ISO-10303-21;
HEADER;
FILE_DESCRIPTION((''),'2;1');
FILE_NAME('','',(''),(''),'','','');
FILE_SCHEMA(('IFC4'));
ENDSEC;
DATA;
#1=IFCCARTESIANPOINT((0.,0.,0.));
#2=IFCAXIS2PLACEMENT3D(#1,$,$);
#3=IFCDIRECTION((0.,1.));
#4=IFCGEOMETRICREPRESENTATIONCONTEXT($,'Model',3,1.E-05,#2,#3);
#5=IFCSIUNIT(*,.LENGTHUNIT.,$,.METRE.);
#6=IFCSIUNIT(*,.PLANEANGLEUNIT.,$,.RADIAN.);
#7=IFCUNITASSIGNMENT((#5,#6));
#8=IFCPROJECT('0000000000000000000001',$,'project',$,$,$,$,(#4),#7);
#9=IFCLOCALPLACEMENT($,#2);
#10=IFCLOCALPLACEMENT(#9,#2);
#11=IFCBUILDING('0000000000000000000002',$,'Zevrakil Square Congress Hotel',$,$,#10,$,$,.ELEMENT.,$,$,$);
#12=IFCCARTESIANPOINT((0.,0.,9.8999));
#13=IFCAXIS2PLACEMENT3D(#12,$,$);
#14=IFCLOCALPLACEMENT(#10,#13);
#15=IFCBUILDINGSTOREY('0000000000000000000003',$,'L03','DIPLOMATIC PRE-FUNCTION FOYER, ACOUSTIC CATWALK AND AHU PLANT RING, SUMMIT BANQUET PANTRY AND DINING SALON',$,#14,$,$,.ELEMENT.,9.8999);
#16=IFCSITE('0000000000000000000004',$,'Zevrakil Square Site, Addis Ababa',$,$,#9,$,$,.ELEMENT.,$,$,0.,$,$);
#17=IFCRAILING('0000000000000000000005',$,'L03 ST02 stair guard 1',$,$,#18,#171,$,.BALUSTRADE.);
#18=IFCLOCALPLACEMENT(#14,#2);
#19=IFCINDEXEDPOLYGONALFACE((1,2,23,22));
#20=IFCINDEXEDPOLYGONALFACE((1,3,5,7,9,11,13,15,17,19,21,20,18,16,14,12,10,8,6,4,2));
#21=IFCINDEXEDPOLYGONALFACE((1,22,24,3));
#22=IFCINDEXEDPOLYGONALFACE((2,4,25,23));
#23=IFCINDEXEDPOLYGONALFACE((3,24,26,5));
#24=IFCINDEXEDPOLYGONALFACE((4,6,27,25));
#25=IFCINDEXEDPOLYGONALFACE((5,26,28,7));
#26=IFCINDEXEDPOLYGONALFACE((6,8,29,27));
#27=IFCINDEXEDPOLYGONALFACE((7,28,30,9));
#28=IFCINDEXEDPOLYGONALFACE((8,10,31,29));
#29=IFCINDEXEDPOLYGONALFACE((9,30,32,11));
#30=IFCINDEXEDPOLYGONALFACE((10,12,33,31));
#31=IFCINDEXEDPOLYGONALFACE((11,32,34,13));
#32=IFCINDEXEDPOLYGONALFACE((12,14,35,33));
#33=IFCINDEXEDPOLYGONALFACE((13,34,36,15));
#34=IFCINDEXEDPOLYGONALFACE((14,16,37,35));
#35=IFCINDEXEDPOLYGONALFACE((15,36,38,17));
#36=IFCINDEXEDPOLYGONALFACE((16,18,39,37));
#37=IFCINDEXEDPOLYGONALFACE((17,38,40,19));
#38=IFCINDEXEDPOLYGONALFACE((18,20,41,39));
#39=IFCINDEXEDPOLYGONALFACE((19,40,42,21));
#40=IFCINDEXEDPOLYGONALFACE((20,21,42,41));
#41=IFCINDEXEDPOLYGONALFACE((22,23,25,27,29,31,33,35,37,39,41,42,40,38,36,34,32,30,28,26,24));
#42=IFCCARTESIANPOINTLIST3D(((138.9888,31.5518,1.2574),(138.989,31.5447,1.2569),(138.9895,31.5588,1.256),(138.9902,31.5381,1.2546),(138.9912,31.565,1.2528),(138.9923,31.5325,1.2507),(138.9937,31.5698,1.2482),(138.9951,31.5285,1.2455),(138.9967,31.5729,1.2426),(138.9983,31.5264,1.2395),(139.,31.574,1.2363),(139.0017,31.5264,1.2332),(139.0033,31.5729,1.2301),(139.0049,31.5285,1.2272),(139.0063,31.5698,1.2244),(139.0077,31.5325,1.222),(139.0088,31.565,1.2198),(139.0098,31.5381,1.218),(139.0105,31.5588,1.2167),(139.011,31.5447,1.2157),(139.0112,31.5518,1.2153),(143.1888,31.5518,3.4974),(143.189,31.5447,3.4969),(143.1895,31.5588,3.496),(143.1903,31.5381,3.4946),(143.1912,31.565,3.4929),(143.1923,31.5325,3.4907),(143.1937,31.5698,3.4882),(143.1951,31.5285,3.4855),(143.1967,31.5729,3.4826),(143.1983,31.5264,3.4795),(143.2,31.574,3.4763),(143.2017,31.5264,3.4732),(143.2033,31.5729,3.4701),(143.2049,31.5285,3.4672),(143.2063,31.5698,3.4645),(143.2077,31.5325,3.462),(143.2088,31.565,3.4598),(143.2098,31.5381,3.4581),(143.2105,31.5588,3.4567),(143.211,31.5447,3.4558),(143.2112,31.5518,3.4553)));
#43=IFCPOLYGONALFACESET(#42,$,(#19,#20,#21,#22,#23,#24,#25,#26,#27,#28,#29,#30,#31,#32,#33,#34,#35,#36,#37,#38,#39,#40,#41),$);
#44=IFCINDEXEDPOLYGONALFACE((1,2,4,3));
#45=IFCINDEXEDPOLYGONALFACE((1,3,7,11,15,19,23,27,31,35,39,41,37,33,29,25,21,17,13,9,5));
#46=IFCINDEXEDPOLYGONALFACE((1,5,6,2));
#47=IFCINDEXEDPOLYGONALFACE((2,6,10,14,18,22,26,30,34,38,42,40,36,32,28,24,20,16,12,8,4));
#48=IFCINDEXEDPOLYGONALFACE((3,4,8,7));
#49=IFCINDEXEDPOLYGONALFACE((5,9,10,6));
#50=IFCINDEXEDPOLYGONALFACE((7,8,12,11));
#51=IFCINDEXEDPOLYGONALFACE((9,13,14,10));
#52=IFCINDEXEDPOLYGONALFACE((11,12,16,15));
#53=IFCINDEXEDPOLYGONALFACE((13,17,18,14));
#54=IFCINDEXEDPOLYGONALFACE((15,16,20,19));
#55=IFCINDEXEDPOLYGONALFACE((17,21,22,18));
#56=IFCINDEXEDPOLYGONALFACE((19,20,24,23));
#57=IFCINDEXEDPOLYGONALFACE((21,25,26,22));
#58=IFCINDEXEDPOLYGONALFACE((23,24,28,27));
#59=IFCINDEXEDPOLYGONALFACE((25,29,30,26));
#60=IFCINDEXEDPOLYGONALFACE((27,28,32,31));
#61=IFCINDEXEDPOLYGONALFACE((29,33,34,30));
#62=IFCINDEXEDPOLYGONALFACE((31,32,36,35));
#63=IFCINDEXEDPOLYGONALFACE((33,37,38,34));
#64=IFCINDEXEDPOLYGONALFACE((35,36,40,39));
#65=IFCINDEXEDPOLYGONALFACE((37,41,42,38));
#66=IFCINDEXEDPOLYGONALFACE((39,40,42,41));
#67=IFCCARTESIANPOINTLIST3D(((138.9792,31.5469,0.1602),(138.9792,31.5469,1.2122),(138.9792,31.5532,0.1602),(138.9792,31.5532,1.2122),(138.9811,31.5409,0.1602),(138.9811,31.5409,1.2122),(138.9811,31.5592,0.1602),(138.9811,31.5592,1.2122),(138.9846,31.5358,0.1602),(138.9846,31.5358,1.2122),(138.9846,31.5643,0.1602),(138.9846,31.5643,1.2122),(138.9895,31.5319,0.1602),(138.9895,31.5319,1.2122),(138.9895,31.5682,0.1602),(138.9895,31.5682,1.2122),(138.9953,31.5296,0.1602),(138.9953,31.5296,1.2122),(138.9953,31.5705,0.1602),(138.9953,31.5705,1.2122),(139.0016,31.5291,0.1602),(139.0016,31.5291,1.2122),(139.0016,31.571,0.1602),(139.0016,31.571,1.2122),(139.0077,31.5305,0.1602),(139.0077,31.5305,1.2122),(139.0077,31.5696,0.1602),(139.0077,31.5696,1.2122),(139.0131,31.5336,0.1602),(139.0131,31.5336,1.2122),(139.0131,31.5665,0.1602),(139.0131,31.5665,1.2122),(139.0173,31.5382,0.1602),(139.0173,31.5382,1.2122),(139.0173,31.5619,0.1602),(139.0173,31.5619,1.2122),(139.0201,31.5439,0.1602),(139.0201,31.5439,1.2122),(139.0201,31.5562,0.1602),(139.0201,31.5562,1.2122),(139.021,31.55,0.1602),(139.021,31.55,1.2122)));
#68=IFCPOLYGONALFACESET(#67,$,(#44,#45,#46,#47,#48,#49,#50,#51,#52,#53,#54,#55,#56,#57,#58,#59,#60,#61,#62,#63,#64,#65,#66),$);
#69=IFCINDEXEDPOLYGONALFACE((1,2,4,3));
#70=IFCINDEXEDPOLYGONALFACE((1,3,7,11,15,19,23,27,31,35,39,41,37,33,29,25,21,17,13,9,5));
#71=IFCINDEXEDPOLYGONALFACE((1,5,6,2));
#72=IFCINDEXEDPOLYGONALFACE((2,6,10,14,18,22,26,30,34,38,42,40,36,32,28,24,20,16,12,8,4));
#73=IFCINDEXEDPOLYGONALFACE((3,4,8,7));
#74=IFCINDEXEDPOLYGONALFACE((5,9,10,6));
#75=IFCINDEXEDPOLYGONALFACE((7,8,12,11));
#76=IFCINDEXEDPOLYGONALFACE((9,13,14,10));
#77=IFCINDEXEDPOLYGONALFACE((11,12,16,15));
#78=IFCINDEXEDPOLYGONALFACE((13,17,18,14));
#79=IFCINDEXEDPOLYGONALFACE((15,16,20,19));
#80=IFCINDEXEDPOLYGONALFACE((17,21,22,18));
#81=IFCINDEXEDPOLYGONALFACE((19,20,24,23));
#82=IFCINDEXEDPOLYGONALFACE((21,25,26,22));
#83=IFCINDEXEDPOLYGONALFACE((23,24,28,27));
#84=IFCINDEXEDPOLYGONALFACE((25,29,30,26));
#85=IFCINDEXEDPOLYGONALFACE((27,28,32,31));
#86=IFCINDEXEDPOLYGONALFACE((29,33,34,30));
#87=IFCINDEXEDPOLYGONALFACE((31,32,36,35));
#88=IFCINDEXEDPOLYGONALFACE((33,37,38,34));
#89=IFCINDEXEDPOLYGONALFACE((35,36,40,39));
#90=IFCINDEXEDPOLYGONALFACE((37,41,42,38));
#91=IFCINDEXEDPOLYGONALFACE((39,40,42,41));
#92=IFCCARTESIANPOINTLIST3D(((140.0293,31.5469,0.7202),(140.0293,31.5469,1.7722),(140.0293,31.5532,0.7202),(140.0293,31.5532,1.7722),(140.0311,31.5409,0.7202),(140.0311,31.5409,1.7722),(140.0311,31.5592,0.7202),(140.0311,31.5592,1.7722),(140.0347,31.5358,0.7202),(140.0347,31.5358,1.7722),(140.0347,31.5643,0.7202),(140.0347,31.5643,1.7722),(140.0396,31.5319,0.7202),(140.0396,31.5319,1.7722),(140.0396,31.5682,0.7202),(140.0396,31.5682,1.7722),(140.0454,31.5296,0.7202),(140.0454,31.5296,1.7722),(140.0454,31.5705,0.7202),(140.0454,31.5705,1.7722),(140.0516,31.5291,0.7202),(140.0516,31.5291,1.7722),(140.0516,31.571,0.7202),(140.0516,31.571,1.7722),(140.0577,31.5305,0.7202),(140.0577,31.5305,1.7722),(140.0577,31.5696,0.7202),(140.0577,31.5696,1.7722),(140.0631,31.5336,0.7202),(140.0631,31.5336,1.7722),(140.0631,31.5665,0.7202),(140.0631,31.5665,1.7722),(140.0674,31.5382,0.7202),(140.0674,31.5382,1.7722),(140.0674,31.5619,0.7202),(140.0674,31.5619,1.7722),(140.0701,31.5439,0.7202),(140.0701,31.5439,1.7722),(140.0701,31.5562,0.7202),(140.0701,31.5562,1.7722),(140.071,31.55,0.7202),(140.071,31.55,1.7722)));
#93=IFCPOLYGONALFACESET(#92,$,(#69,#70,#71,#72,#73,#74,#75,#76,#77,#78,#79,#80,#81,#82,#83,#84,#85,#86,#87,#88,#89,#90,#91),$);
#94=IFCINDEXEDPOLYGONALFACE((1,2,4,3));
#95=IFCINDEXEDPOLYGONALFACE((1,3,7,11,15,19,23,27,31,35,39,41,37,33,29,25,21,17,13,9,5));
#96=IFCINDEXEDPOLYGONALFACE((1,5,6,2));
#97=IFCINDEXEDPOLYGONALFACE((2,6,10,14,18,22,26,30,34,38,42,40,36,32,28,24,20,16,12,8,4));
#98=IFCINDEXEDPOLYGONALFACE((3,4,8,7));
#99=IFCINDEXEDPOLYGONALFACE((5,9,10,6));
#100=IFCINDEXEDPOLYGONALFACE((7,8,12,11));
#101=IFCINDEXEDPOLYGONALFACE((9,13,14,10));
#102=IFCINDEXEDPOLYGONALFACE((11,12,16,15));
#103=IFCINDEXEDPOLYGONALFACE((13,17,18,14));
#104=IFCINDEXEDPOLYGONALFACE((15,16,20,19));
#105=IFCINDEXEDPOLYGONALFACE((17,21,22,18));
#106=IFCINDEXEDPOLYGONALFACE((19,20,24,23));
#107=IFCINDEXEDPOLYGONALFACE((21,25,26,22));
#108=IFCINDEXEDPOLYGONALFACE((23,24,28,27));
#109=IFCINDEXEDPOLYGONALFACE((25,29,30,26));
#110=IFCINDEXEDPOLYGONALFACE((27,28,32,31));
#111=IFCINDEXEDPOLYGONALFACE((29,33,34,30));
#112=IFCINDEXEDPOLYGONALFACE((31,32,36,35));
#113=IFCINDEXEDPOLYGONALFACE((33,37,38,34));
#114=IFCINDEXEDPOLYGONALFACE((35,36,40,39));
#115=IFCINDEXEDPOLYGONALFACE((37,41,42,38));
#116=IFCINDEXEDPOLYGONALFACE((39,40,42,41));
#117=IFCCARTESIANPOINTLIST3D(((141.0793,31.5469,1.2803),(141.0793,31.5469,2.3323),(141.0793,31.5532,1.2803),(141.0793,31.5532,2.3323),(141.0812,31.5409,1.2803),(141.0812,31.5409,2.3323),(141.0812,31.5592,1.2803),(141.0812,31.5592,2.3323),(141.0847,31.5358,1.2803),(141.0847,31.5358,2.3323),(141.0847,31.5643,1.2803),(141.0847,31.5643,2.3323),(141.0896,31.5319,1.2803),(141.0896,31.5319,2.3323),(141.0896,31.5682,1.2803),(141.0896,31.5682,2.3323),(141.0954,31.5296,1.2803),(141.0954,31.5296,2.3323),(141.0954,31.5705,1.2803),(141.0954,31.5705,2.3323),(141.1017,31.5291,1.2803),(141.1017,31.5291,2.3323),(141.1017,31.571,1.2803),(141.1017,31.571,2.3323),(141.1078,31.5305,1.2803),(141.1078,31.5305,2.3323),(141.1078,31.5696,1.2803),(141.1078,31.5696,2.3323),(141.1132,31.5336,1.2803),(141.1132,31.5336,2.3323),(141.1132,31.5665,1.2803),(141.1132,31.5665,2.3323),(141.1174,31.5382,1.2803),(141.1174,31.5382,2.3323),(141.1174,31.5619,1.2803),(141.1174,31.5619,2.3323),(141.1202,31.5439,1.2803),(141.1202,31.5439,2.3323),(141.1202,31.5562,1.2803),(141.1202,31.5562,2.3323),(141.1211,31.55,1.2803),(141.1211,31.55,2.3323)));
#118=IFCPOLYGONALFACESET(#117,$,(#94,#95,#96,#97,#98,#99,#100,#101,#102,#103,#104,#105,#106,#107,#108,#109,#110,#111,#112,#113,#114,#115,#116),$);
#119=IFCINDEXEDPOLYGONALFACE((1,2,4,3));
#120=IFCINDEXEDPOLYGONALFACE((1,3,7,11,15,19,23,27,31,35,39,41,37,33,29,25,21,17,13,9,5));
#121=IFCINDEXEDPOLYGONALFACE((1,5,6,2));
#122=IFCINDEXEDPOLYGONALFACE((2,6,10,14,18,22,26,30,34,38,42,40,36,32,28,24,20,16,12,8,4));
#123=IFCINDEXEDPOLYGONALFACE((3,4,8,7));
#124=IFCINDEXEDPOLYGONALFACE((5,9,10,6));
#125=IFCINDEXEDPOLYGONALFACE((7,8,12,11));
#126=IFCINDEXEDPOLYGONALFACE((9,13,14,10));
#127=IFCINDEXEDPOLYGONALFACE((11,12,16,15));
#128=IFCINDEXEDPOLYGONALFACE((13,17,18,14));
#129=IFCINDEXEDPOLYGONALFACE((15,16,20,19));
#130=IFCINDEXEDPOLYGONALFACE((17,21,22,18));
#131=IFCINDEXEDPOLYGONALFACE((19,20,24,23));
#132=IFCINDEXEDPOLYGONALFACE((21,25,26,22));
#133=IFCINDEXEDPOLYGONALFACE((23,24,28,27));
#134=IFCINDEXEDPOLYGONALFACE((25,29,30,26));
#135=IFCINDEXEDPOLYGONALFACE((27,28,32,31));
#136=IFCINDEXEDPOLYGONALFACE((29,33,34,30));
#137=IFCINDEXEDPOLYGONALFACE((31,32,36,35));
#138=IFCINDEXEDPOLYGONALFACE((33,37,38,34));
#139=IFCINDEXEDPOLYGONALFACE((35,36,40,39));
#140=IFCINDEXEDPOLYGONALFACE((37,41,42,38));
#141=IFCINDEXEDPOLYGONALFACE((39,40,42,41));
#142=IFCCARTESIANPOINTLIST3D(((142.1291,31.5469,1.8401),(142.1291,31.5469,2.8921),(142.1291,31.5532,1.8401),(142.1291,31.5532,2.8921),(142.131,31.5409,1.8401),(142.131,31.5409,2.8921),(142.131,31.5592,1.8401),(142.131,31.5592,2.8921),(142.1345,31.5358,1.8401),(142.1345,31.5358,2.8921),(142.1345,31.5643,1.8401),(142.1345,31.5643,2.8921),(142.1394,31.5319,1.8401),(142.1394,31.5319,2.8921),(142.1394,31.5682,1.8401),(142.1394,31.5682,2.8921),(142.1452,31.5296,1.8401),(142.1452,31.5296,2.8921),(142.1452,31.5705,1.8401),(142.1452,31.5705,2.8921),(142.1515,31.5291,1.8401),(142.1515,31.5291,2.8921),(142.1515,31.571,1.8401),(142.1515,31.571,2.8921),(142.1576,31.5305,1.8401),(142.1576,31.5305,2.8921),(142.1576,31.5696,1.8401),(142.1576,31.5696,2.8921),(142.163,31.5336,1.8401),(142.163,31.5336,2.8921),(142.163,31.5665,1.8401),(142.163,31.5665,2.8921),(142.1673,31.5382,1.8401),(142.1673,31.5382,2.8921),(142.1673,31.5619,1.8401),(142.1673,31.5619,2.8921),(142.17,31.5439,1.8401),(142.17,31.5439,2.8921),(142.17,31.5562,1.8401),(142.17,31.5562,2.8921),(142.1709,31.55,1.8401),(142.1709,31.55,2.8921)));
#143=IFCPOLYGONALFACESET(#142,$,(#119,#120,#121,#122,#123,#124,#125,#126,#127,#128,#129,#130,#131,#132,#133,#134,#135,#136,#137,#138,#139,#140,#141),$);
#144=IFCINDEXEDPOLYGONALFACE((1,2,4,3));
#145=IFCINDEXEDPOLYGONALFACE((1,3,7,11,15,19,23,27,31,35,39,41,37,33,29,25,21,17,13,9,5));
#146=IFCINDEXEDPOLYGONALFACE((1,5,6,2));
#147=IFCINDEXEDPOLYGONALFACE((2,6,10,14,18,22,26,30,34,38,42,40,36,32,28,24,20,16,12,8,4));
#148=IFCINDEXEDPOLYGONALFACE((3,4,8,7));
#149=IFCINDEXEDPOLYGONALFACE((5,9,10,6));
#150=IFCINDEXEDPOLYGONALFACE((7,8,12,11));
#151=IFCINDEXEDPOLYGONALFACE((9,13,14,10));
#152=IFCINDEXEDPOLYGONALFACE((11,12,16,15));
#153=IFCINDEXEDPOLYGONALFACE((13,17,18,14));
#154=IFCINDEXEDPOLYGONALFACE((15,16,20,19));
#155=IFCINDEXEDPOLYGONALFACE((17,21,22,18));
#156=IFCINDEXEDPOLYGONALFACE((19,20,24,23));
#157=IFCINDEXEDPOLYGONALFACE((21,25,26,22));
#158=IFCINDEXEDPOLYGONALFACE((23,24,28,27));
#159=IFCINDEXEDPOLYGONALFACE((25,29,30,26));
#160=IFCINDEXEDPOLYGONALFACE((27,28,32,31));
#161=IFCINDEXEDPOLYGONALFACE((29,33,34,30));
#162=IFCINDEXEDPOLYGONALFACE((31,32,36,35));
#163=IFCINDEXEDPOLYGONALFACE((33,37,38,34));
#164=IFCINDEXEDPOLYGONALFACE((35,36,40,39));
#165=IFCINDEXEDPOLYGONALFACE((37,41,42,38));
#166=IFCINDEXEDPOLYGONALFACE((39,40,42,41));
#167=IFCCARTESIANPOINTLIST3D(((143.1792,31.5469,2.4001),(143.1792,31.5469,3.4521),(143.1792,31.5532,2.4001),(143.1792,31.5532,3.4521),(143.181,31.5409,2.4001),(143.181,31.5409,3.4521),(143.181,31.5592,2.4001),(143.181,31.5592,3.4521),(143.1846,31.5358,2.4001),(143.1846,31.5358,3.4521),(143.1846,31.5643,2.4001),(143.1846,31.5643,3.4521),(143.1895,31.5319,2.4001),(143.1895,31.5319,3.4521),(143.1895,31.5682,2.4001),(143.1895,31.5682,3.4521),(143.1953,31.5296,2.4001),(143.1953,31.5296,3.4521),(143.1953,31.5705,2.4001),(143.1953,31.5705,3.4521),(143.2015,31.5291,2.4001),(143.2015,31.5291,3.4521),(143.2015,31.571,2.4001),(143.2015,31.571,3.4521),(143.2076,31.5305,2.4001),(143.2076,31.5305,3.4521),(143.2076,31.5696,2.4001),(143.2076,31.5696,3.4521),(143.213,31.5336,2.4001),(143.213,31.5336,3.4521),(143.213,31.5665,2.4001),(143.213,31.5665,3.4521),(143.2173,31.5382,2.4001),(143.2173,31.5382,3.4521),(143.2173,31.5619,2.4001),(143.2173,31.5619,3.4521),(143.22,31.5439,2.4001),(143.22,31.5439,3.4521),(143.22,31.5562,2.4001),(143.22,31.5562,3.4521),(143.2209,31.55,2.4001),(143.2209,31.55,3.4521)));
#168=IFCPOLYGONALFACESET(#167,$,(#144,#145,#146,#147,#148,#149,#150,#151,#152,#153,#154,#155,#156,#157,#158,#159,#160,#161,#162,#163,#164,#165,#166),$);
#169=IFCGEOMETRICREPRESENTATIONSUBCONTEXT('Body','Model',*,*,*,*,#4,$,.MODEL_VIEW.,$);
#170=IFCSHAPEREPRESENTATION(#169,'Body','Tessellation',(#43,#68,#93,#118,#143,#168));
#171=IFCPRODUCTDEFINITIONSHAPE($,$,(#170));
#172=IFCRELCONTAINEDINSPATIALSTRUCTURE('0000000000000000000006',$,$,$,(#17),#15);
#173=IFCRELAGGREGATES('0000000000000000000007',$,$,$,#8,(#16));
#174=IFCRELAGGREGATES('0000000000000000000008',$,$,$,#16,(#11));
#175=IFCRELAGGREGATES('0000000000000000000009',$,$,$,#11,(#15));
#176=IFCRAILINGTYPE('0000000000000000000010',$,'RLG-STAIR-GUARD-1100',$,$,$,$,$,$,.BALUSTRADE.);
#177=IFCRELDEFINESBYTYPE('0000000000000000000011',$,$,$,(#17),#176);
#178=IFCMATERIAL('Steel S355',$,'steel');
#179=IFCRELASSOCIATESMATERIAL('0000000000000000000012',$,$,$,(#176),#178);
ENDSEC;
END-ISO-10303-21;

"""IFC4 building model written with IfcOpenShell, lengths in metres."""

from ifc_helpers import new_model, si_unit, direction, frame, origin, origin_2d, place, context, subcontext, project, spatial, circle, extrude, material, type_object, element, save


model = new_model("IFC4")

# Units and contexts
model_context = context("Model", 3, precision=1e-05, world=origin(), true_north=direction((0.0, 1.0)))
body_context = subcontext(model_context, "Body", "Model", "MODEL_VIEW")
ifc_project = project(units=[si_unit("LENGTHUNIT", "METRE"), si_unit("PLANEANGLEUNIT", "RADIAN")], contexts=[model_context])

# Site, building, storey
site_placement = place(None, origin())
site = spatial("IfcSite", under=ifc_project, at=site_placement, Name="Zevrakil Square Site, Addis Ababa", CompositionType="ELEMENT", RefElevation=0.0)
building_placement = place(site_placement, origin())
building = spatial("IfcBuilding", under=site, at=building_placement, Name="Zevrakil Square Congress Hotel", CompositionType="ELEMENT")
storey_placement = place(building_placement, frame((0.0, 0.0, 9.8999)))
storey = spatial("IfcBuildingStorey", under=building, at=storey_placement, Name="L03", Description="DIPLOMATIC PRE-FUNCTION FOYER, ACOUSTIC CATWALK AND AHU PLANT RING, SUMMIT BANQUET PANTRY AND DINING SALON", CompositionType="ELEMENT", Elevation=9.8999)

# Railing
ifc_material_1 = material(Name="Steel S355", Category="steel")
railing_type_1 = type_object("IfcRailingType", Name="RLG-STAIR-GUARD-1100", PredefinedType="BALUSTRADE", material=ifc_material_1)
railing_1_placement = place(storey_placement, frame((139.0, 31.55, 0.1602)))
element("IfcRailing", 1, at=railing_1_placement, inside=storey, type_object=railing_type_1, Name="L03 ST02 stair guard 1", PredefinedType="BALUSTRADE", context=body_context, shape_type="SweptSolid", body=[
    extrude(circle(Radius=0.0239, at=origin_2d()), frame((0.0, 0.0, 1.0762), z_axis=(0.882352, 0.0, 0.470591), x_axis=(0.0, 1.0, 0.0)), (0.0, 0.0, 1.0), 4.76),
    extrude(circle(Radius=0.021, at=origin_2d()), origin(), (0.0, 0.0, 1.0), 1.052),
    extrude(circle(Radius=0.021, at=origin_2d()), frame((1.05, 0.0, 0.5601)), (0.0, 0.0, 1.0), 1.052),
    extrude(circle(Radius=0.021, at=origin_2d()), frame((2.1001, 0.0, 1.1201)), (0.0, 0.0, 1.0), 1.052),
    extrude(circle(Radius=0.021, at=origin_2d()), frame((3.1499, 0.0, 1.6799)), (0.0, 0.0, 1.0), 1.052),
    extrude(circle(Radius=0.021, at=origin_2d()), frame((4.2, 0.0, 2.24)), (0.0, 0.0, 1.0), 1.052),
])

save(model, "model.ifc")
